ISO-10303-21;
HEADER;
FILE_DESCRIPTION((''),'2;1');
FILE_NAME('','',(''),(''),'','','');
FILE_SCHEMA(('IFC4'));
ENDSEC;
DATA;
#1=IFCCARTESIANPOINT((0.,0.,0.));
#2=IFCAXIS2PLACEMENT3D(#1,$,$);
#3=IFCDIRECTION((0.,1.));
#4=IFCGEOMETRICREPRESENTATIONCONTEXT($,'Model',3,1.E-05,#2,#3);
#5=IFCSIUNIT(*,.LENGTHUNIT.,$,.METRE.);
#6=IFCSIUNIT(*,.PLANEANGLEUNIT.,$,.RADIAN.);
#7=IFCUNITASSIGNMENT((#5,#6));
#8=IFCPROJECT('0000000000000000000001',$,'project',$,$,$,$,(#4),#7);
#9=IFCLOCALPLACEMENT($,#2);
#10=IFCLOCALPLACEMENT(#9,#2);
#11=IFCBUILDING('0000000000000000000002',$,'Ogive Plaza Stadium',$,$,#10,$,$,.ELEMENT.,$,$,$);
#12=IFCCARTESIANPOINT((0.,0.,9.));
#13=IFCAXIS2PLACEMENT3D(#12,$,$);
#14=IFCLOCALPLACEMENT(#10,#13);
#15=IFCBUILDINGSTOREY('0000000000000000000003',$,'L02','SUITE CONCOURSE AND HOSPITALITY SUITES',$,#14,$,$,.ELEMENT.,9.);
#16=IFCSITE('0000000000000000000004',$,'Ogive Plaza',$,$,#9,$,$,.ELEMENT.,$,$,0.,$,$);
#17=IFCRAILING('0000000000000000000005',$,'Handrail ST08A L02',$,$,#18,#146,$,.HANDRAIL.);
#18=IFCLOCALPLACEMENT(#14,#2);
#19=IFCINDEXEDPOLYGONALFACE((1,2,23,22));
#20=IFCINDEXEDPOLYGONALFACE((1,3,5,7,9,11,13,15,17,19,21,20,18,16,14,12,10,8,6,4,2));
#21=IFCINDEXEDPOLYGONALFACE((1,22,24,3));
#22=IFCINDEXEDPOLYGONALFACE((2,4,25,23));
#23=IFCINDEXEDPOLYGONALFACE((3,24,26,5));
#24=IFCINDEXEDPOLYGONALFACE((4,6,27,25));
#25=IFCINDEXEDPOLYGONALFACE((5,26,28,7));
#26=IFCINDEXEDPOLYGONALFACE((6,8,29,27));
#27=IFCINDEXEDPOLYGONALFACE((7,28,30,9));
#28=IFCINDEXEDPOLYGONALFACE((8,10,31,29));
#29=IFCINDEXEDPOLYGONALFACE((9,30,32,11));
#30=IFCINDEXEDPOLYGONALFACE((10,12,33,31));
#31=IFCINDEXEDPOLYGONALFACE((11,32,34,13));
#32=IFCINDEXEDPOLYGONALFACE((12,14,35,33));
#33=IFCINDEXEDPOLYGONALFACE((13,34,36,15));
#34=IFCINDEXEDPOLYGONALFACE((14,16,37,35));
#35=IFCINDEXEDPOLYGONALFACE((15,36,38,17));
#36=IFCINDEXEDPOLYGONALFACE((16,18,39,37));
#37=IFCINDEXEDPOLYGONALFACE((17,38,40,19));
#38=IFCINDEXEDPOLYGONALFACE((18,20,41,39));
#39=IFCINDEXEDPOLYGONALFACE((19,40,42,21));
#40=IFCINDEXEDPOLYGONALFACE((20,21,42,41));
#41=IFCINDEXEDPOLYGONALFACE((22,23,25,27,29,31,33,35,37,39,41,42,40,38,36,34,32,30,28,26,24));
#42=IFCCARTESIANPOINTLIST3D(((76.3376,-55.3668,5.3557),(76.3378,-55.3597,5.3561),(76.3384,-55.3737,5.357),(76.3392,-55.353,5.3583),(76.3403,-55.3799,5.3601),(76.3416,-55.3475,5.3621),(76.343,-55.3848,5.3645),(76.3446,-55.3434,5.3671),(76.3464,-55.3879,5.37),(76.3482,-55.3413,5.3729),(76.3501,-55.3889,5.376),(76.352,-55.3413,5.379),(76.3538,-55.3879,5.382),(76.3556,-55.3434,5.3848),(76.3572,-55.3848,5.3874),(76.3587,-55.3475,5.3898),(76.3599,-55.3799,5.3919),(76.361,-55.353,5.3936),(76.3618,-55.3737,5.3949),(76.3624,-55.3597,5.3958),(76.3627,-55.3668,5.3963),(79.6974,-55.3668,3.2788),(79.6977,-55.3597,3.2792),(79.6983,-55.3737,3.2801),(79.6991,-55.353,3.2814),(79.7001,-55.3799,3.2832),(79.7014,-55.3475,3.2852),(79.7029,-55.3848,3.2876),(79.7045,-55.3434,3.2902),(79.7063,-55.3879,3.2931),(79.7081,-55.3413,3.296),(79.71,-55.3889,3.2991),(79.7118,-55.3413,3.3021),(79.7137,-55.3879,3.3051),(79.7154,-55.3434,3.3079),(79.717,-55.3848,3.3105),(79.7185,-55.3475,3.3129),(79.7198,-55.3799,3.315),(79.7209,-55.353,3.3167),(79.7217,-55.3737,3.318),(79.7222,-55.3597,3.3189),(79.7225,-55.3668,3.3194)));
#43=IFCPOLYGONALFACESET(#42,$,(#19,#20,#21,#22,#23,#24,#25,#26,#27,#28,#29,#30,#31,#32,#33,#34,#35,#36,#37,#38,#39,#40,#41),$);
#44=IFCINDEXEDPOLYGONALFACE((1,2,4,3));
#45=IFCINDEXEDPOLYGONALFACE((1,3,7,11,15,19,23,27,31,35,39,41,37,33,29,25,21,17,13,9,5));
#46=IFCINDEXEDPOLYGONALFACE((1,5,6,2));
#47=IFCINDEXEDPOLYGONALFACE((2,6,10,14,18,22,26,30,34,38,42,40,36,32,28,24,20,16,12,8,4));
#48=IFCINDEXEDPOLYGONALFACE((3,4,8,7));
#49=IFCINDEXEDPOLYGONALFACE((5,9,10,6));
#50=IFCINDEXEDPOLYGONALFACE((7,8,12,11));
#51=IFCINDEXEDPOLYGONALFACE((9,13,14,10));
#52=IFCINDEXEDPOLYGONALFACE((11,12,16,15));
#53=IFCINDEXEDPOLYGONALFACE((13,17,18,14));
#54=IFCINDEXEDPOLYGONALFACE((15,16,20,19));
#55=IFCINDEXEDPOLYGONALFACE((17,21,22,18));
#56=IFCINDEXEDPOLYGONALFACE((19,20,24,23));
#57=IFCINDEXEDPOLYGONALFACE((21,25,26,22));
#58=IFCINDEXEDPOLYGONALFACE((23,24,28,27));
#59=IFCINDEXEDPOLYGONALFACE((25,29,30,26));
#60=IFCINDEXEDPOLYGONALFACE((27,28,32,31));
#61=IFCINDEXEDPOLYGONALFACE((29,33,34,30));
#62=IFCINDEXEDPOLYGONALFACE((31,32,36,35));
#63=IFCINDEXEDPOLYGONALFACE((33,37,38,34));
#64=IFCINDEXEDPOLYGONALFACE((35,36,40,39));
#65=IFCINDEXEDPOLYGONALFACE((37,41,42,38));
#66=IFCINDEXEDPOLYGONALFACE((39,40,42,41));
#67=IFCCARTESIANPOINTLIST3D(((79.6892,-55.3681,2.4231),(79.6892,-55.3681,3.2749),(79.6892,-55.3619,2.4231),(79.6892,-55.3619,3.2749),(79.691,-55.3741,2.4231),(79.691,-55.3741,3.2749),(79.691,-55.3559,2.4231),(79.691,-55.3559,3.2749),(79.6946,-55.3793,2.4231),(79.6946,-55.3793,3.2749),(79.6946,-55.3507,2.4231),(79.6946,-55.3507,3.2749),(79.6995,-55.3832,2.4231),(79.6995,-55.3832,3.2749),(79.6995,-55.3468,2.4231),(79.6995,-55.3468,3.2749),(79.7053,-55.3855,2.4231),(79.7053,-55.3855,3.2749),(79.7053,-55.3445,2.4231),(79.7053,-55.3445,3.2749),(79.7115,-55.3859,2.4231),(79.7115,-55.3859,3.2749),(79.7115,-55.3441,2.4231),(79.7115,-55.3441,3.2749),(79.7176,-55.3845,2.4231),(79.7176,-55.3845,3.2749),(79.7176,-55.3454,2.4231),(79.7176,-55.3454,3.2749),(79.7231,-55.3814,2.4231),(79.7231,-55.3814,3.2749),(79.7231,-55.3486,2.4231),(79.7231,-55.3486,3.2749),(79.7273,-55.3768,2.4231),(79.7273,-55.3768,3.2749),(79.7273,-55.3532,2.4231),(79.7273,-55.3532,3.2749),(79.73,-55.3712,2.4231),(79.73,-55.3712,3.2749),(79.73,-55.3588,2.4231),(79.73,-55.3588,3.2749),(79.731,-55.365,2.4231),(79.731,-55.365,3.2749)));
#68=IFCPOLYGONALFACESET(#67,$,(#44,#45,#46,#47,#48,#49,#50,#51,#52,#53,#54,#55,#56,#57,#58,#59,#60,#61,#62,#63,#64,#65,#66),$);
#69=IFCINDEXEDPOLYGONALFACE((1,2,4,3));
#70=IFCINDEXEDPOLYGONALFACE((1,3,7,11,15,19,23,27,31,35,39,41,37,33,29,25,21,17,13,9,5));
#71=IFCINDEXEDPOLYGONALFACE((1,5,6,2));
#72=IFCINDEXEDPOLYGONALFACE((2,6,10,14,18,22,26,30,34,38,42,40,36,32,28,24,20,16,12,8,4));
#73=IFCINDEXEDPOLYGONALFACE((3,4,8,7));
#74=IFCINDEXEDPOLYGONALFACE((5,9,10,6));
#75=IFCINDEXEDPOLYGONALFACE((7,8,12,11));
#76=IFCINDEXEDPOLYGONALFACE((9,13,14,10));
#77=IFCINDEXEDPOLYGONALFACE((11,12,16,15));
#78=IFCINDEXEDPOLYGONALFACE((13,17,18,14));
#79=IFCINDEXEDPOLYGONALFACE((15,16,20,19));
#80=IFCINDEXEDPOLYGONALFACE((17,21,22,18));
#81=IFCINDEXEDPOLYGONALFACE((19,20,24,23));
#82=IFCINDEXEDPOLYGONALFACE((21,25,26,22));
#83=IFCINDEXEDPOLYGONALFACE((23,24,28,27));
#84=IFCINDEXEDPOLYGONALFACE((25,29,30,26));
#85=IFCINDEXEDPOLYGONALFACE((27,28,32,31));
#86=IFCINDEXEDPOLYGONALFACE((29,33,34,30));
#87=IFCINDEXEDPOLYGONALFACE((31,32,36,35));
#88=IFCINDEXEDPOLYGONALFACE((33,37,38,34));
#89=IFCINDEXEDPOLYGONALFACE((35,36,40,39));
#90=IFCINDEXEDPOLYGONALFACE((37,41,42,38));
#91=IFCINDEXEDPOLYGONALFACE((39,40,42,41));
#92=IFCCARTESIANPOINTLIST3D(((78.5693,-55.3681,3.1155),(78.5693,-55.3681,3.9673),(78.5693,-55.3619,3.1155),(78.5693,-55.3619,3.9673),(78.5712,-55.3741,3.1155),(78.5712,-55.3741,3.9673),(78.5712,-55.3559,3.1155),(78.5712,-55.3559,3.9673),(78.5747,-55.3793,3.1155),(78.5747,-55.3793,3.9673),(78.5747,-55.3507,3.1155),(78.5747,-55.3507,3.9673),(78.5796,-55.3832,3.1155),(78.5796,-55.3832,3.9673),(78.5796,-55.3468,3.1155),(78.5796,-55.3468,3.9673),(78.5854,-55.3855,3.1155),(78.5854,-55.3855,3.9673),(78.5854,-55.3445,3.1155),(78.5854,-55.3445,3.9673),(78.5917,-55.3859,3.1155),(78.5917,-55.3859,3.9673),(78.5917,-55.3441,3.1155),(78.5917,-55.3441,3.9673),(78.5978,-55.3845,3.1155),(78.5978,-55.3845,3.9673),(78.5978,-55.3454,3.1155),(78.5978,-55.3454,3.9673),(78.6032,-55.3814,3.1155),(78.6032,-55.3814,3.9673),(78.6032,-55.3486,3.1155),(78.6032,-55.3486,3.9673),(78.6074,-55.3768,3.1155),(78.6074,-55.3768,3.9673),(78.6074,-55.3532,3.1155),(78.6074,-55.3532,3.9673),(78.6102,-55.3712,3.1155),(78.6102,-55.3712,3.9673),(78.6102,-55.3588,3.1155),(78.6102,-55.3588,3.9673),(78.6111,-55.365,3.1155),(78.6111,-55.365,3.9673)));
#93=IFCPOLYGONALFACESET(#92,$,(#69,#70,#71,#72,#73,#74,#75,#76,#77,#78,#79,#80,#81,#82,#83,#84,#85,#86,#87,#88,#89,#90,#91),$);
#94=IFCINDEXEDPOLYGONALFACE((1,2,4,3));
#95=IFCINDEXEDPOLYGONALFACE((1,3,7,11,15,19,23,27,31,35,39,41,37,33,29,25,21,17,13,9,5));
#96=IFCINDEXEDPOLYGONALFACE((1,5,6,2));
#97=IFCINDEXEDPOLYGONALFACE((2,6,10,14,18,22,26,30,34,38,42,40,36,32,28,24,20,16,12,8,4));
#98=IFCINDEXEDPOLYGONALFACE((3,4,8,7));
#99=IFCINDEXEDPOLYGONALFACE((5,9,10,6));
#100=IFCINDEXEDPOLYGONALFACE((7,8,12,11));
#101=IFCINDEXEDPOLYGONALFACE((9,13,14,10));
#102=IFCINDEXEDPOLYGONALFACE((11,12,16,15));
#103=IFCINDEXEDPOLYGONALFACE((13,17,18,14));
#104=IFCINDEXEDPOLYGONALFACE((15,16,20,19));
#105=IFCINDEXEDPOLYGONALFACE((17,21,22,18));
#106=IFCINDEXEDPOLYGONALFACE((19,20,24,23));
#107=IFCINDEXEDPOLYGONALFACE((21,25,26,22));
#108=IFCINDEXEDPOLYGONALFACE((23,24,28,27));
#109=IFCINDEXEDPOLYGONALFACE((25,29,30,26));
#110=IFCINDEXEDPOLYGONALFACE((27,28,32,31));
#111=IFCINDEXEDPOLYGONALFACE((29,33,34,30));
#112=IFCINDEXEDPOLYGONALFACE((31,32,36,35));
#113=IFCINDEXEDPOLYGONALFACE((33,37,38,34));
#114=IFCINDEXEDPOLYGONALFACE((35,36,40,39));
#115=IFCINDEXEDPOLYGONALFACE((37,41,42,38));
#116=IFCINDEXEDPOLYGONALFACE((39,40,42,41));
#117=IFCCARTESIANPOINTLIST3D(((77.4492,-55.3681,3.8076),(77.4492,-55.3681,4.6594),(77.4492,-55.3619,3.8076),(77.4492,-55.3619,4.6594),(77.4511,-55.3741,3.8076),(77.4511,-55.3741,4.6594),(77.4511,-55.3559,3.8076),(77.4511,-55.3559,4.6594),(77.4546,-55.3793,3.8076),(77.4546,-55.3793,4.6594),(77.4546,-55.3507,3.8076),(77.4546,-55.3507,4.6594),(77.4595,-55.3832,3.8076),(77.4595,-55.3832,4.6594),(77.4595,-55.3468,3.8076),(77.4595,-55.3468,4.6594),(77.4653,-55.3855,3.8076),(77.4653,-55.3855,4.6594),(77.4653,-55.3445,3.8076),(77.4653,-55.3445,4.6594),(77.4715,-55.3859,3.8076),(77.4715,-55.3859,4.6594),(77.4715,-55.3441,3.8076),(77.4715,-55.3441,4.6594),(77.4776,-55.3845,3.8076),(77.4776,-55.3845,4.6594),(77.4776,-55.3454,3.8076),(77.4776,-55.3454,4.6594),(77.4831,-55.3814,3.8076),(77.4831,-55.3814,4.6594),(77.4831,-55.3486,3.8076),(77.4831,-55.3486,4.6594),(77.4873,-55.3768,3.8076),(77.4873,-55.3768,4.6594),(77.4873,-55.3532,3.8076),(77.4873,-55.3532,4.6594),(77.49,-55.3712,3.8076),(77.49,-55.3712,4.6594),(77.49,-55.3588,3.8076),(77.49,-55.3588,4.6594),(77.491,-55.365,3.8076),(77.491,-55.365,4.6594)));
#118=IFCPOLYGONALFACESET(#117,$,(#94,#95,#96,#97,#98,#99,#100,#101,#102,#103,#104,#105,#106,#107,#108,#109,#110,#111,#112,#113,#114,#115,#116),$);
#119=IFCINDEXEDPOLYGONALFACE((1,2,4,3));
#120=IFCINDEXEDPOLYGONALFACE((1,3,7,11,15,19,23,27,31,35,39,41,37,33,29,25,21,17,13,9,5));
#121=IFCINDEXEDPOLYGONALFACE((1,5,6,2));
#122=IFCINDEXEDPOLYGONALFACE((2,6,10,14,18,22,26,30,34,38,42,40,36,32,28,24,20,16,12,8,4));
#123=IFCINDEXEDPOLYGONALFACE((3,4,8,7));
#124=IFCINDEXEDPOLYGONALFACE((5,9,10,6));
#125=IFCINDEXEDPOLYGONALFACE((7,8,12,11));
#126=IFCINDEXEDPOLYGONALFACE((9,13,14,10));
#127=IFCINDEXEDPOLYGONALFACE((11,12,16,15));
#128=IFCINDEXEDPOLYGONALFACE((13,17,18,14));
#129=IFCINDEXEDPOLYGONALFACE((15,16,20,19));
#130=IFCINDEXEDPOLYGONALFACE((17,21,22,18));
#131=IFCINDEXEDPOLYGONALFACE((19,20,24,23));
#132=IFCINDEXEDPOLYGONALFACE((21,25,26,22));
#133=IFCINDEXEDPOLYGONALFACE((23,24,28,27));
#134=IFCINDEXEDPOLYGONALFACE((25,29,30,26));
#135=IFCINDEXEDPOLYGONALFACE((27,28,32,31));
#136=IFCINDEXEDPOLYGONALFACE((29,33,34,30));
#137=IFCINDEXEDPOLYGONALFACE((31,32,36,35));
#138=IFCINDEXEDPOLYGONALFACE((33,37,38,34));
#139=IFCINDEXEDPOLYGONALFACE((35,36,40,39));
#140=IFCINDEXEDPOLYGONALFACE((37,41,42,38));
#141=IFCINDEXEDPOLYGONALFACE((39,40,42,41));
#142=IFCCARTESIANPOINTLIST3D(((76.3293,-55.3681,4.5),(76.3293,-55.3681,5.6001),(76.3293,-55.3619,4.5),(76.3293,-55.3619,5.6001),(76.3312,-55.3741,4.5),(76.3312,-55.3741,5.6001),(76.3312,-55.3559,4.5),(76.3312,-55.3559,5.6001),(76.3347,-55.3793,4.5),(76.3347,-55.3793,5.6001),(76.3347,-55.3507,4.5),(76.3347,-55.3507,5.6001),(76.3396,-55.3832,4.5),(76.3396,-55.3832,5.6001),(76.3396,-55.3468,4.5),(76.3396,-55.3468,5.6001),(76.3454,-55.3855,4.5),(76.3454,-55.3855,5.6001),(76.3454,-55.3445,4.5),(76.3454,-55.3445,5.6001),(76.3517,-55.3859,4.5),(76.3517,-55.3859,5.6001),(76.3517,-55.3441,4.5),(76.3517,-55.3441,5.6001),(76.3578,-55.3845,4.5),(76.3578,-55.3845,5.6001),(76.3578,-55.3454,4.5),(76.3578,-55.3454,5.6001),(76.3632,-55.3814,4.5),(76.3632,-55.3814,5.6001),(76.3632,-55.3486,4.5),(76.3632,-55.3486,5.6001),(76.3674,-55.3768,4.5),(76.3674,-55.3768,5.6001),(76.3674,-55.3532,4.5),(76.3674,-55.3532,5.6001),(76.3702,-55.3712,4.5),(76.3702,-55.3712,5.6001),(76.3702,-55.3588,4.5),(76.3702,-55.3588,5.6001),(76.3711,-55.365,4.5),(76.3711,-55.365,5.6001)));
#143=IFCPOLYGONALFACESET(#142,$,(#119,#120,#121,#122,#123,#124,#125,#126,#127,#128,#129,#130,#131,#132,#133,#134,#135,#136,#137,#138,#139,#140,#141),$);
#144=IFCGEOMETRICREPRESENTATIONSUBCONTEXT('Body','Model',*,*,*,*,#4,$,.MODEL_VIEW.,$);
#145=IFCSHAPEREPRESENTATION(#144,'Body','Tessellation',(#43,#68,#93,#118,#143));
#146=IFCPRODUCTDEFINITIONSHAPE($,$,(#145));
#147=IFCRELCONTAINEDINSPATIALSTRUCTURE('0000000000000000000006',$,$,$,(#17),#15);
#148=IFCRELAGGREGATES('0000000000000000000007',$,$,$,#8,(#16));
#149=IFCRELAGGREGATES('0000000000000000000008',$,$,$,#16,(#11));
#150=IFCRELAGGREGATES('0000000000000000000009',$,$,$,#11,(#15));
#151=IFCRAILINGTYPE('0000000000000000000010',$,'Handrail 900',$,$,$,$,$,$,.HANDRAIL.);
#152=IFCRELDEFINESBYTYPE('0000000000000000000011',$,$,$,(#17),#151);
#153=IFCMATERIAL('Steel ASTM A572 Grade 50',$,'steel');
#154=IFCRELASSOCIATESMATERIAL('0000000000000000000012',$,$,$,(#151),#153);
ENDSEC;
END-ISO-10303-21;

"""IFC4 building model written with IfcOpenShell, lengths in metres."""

from ifc_helpers import new_model, si_unit, direction, frame, origin, origin_2d, place, context, subcontext, project, spatial, circle, extrude, material, type_object, element, save


model = new_model("IFC4")

# Units and contexts
model_context = context("Model", 3, precision=1e-05, world=origin(), true_north=direction((0.0, 1.0)))
body_context = subcontext(model_context, "Body", "Model", "MODEL_VIEW")
ifc_project = project(units=[si_unit("LENGTHUNIT", "METRE"), si_unit("PLANEANGLEUNIT", "RADIAN")], contexts=[model_context])

# Site, building, storey
site_placement = place(None, origin())
site = spatial("IfcSite", under=ifc_project, at=site_placement, Name="Ogive Plaza", CompositionType="ELEMENT", RefElevation=0.0)
building_placement = place(site_placement, origin())
building = spatial("IfcBuilding", under=site, at=building_placement, Name="Ogive Plaza Stadium", CompositionType="ELEMENT")
storey_placement = place(building_placement, frame((0.0, 0.0, 9.0)))
storey = spatial("IfcBuildingStorey", under=building, at=storey_placement, Name="L02", Description="SUITE CONCOURSE AND HOSPITALITY SUITES", CompositionType="ELEMENT", Elevation=9.0)

# Railing
ifc_material_1 = material(Name="Steel ASTM A572 Grade 50", Category="steel")
railing_type_1 = type_object("IfcRailingType", Name="Handrail 900", PredefinedType="HANDRAIL", material=ifc_material_1)
for number, where, name in (
    (1, (79.71, -55.365, 2.4231), "Handrail ST08A L02"),
):
    element("IfcRailing", number, at=place(storey_placement, frame(where)), inside=storey, type_object=railing_type_1, Name=name, PredefinedType="HANDRAIL", context=body_context, shape_type="SweptSolid", body=[
        extrude(circle(Radius=0.0239, at=origin_2d()), frame((0.0, 0.0, 0.876), z_axis=(-0.850606, 0.0, 0.525803), x_axis=(0.0, -1.0, 0.0)), (0.0, 0.0, 1.0), 3.95),
        extrude(circle(Radius=0.021, at=origin_2d()), origin(), (0.0, 0.0, 1.0), 0.8518),
        extrude(circle(Radius=0.021, at=origin_2d()), frame((-1.1199, 0.0, 0.6924)), (0.0, 0.0, 1.0), 0.8518),
        extrude(circle(Radius=0.021, at=origin_2d()), frame((-2.24, 0.0, 1.3845)), (0.0, 0.0, 1.0), 0.8518),
        extrude(circle(Radius=0.021, at=origin_2d()), frame((-3.3599, 0.0, 2.0769)), (0.0, 0.0, 1.0), 1.1001),
    ])

save(model, "model.ifc")
